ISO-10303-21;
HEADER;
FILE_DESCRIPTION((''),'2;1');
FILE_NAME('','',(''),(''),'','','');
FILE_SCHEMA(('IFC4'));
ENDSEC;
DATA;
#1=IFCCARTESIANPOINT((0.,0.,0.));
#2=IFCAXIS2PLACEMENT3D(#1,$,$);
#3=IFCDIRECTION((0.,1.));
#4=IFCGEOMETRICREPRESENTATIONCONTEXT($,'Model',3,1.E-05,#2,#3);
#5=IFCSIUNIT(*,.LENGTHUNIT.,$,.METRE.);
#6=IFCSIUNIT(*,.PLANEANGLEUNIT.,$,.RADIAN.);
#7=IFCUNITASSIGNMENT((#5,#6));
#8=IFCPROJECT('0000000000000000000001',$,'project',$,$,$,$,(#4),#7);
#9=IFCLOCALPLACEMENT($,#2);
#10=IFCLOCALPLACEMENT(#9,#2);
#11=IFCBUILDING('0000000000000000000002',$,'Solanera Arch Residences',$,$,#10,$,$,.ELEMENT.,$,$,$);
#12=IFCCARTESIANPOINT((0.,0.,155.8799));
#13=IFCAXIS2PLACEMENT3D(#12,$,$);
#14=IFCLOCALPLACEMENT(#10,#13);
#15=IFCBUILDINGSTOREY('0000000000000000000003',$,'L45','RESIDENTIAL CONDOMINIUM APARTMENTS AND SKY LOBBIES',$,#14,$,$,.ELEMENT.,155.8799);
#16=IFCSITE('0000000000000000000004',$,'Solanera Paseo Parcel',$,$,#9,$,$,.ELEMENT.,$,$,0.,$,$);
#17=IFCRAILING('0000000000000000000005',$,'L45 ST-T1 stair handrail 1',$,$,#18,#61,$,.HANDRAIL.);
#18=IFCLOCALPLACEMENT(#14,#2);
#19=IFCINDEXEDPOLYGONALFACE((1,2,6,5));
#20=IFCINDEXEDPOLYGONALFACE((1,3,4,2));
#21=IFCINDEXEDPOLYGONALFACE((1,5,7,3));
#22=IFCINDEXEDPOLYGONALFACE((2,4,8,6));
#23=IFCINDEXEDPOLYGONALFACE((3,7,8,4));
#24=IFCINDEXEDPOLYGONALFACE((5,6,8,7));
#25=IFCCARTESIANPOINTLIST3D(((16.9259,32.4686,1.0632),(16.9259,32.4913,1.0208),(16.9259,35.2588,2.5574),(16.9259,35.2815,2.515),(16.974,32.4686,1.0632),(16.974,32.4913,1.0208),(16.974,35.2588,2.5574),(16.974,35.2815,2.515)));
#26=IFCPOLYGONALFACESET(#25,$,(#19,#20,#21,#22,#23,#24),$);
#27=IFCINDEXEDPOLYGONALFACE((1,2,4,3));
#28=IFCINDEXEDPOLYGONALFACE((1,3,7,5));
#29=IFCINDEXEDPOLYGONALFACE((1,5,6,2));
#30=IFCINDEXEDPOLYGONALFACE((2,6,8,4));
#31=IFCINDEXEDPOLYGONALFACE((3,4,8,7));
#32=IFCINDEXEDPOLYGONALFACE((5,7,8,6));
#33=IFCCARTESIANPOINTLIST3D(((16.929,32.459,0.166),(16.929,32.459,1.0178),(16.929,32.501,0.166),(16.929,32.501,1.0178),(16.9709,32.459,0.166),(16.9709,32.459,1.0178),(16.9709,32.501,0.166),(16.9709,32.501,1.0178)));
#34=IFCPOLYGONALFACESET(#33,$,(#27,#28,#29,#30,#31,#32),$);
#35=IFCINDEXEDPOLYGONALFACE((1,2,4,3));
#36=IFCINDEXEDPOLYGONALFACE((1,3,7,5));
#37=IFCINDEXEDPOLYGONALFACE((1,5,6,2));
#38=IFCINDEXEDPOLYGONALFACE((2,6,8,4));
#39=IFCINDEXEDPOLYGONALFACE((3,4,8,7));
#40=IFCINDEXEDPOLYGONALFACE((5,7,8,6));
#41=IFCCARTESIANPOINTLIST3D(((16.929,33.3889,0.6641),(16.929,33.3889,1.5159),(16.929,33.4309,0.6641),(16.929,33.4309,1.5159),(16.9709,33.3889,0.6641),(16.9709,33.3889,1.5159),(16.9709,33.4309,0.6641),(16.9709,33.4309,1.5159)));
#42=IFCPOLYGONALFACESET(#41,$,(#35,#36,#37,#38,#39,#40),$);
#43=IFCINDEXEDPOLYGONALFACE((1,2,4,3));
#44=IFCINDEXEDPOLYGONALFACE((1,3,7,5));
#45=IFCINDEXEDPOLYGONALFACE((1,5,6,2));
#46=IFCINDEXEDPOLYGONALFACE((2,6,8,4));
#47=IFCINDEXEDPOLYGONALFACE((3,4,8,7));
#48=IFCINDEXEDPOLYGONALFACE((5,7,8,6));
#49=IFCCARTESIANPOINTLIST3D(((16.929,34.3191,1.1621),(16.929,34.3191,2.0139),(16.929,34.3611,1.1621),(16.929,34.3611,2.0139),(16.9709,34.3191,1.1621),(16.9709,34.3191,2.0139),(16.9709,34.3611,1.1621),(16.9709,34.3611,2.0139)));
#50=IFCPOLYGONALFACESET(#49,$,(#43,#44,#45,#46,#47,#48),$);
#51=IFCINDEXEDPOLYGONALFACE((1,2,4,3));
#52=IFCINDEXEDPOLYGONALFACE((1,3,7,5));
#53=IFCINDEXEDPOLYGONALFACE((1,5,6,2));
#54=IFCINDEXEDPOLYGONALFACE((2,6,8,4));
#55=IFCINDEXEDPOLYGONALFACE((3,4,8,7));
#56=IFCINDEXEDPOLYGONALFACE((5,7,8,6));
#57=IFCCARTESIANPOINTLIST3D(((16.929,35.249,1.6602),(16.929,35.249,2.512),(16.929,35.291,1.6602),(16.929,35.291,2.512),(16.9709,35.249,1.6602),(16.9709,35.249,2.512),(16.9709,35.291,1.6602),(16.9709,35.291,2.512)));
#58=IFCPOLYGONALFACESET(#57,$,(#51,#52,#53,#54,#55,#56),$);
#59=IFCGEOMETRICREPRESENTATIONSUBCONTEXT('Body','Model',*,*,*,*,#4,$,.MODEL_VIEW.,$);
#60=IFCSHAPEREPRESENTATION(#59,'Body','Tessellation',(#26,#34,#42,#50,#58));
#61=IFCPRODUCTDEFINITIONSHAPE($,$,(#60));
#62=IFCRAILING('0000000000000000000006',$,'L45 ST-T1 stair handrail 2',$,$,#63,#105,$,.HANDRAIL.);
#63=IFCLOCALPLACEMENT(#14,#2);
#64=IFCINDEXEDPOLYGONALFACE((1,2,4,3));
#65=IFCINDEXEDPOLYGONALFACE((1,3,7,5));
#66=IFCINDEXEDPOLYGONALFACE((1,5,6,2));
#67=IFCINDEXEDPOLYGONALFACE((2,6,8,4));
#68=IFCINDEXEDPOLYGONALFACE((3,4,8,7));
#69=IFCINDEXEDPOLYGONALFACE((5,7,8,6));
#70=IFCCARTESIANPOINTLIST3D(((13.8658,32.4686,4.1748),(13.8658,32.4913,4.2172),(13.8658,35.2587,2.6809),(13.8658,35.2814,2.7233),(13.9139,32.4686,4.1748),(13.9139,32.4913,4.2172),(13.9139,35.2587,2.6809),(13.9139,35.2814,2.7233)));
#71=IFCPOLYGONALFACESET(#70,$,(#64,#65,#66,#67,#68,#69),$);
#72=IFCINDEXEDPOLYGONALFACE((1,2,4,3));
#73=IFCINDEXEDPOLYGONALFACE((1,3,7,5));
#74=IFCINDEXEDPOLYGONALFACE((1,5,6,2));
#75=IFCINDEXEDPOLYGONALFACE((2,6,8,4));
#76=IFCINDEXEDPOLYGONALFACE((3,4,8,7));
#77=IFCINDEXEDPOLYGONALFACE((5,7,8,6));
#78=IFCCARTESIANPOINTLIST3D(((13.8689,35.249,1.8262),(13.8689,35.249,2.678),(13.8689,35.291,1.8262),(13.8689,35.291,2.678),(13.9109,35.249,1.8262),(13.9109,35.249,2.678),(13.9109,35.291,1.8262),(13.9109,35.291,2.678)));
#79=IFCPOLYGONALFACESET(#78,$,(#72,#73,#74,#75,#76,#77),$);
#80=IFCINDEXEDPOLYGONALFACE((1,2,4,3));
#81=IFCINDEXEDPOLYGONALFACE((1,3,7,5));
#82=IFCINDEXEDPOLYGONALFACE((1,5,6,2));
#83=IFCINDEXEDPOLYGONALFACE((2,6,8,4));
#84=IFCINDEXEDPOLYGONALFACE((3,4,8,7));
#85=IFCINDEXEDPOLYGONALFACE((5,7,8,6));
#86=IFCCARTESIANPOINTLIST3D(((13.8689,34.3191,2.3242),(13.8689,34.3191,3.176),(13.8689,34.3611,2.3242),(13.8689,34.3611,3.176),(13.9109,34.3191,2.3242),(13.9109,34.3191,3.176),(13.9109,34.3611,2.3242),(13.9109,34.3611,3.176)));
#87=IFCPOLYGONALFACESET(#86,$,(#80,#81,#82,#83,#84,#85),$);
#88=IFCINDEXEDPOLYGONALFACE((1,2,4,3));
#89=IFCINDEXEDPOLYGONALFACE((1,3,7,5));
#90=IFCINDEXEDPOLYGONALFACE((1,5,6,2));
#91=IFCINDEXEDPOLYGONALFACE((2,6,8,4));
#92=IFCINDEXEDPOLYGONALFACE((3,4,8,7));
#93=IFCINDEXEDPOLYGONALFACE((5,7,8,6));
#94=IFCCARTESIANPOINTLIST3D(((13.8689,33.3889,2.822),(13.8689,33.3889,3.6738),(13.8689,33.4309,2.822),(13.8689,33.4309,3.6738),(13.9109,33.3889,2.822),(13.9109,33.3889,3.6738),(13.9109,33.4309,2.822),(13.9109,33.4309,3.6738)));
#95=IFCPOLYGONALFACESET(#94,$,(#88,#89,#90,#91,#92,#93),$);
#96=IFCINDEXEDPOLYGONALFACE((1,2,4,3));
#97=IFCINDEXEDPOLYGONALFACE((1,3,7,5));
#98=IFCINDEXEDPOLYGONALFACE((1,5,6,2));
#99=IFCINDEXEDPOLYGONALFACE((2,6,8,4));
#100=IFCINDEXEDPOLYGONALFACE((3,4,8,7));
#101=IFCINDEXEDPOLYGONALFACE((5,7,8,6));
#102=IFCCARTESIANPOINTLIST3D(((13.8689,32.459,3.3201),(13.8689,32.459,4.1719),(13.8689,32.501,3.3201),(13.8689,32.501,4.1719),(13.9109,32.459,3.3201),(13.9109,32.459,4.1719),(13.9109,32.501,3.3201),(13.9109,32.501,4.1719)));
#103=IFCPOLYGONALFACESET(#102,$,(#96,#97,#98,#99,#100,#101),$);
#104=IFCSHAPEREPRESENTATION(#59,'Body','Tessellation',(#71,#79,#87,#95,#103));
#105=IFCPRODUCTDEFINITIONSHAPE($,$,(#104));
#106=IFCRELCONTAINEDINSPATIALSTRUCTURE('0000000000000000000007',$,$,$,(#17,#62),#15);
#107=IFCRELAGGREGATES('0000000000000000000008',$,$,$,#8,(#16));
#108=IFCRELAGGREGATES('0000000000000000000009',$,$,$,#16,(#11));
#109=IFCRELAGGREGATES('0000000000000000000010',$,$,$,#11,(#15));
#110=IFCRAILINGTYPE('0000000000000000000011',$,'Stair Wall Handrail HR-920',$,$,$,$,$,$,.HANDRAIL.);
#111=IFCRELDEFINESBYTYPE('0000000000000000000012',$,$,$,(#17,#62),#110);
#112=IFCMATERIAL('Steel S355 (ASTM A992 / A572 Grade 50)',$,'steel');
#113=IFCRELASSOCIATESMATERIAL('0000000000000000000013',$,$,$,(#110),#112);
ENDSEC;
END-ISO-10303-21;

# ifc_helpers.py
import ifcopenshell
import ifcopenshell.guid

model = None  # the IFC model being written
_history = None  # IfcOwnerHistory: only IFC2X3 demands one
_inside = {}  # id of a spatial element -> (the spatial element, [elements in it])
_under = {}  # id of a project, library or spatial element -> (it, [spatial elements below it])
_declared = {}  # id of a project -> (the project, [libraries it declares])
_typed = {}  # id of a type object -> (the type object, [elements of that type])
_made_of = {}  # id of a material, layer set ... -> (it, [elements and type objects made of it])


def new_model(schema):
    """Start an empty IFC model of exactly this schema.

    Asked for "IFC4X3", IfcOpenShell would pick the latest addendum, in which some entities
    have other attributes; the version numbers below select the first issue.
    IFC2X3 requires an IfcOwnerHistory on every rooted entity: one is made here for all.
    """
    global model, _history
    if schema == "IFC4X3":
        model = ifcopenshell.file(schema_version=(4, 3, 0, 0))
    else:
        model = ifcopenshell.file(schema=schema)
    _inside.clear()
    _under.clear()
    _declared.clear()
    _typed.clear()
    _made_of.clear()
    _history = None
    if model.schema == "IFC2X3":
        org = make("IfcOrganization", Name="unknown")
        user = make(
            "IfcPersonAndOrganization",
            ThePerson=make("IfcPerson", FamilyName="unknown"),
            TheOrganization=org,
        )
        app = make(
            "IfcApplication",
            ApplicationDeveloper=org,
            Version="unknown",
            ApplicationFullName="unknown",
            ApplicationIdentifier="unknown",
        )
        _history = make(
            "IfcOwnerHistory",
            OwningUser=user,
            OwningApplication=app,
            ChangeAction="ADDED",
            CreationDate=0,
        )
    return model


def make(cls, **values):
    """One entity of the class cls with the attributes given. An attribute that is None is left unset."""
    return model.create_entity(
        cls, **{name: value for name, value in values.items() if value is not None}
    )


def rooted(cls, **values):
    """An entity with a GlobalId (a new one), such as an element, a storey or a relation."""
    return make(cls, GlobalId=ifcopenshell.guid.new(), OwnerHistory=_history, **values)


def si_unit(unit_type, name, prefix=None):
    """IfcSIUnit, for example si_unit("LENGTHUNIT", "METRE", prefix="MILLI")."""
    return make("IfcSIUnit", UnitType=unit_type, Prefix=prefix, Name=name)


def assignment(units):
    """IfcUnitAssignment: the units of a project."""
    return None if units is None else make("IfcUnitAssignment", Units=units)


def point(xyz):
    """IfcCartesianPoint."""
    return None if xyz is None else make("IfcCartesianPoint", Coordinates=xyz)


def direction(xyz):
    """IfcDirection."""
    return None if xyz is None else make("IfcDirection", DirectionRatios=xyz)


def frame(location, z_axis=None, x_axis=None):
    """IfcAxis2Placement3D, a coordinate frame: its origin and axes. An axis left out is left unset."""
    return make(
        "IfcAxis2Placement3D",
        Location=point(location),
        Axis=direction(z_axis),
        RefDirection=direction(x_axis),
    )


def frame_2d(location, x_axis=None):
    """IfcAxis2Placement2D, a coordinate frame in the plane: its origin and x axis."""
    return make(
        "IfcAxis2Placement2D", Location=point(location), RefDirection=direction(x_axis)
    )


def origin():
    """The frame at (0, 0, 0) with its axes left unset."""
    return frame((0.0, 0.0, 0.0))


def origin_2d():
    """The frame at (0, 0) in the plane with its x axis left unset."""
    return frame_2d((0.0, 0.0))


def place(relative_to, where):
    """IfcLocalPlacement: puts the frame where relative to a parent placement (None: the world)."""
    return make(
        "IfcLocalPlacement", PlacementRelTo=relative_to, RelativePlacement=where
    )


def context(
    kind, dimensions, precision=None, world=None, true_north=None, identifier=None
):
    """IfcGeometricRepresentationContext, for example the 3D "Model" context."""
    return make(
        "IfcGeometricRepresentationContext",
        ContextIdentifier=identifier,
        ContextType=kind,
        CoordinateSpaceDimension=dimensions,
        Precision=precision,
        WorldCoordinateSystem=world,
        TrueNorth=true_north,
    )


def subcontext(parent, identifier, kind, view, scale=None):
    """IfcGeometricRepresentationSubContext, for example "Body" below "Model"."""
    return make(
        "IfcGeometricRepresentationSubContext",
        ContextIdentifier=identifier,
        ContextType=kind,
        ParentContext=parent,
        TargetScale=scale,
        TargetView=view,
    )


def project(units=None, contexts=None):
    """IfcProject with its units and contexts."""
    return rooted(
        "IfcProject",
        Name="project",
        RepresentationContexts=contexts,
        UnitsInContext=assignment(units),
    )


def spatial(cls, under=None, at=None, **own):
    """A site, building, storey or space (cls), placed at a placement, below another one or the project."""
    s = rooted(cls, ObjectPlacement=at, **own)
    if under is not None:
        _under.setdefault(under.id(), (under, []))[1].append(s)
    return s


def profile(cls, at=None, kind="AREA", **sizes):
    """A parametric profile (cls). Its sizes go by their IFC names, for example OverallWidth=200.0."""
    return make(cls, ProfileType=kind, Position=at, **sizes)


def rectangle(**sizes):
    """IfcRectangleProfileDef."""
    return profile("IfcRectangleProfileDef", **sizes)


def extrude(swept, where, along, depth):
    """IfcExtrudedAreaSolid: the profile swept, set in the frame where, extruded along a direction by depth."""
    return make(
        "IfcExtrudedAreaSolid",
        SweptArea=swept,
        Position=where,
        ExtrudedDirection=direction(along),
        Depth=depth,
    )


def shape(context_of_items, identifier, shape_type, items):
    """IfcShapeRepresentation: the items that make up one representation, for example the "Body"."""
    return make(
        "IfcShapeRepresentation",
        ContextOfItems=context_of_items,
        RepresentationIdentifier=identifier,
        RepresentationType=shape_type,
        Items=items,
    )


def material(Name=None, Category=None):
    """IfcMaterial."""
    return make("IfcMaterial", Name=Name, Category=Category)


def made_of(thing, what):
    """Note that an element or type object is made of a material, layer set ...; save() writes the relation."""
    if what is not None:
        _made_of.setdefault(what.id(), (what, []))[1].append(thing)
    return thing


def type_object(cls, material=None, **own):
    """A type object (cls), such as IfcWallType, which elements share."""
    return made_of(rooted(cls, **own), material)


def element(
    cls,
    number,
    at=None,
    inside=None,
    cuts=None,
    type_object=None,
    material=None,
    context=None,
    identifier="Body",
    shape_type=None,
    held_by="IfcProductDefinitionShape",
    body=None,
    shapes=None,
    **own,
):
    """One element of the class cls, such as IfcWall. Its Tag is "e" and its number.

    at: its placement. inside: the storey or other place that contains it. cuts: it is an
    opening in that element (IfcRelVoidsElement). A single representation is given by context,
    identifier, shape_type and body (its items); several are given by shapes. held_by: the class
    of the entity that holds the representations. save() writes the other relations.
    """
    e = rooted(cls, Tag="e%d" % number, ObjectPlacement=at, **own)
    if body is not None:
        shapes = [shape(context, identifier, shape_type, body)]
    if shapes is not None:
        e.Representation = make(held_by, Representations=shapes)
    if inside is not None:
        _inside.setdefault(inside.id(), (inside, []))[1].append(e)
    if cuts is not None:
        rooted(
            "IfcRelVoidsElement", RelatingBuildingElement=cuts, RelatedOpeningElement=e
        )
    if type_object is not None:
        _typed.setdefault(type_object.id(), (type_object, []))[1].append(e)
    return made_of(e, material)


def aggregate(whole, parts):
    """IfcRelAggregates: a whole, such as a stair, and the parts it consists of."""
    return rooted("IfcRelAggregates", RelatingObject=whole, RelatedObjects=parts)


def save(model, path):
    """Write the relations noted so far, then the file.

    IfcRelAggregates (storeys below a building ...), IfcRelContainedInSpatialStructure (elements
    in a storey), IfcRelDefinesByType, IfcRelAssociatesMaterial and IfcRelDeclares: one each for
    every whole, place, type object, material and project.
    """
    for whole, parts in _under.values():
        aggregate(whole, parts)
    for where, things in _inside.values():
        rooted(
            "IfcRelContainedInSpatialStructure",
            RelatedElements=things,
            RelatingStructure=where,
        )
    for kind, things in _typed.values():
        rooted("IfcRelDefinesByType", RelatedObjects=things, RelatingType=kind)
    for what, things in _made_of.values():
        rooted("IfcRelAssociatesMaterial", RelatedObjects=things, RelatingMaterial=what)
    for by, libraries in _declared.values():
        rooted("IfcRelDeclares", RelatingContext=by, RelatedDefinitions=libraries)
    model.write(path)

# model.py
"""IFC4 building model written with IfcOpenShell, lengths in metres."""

from ifc_helpers import new_model, si_unit, direction, frame, origin, origin_2d, place, context, subcontext, project, spatial, rectangle, extrude, material, type_object, element, save


model = new_model("IFC4")

# Units and contexts
model_context = context("Model", 3, precision=1e-05, world=origin(), true_north=direction((0.0, 1.0)))
body_context = subcontext(model_context, "Body", "Model", "MODEL_VIEW")
ifc_project = project(units=[si_unit("LENGTHUNIT", "METRE"), si_unit("PLANEANGLEUNIT", "RADIAN")], contexts=[model_context])

# Site, building, storey
site_placement = place(None, origin())
site = spatial("IfcSite", under=ifc_project, at=site_placement, Name="Solanera Paseo Parcel", CompositionType="ELEMENT", RefElevation=0.0)
building_placement = place(site_placement, origin())
building = spatial("IfcBuilding", under=site, at=building_placement, Name="Solanera Arch Residences", CompositionType="ELEMENT")
storey_placement = place(building_placement, frame((0.0, 0.0, 155.8799)))
storey = spatial("IfcBuildingStorey", under=building, at=storey_placement, Name="L45", Description="RESIDENTIAL CONDOMINIUM APARTMENTS AND SKY LOBBIES", CompositionType="ELEMENT", Elevation=155.8799)

# Railings
ifc_material_1 = material(Name="Steel S355 (ASTM A992 / A572 Grade 50)", Category="steel")
railing_type_1 = type_object("IfcRailingType", Name="Stair Wall Handrail HR-920", PredefinedType="HANDRAIL", material=ifc_material_1)
railing_1_placement = place(storey_placement, frame((16.95, 32.48, 0.166)))
element("IfcRailing", 1, at=railing_1_placement, inside=storey, type_object=railing_type_1, Name="L45 ST-T1 stair handrail 1", PredefinedType="HANDRAIL", context=body_context, shape_type="SweptSolid", body=[
    extrude(rectangle(XDim=0.0481, YDim=0.0481, at=origin_2d()), frame((0.0, 0.0, 0.876), z_axis=(0.0, 0.881549, 0.472093), x_axis=(-1.0, 0.0, 0.0)), (0.0, 0.0, 1.0), 3.165),
    extrude(rectangle(XDim=0.042, YDim=0.042, at=origin_2d()), origin(), (0.0, 0.0, 1.0), 0.8518),
    extrude(rectangle(XDim=0.042, YDim=0.042, at=origin_2d()), frame((0.0, 0.9299, 0.498)), (0.0, 0.0, 1.0), 0.8518),
    extrude(rectangle(XDim=0.042, YDim=0.042, at=origin_2d()), frame((0.0, 1.8601, 0.9961)), (0.0, 0.0, 1.0), 0.8518),
    extrude(rectangle(XDim=0.042, YDim=0.042, at=origin_2d()), frame((0.0, 2.79, 1.4941)), (0.0, 0.0, 1.0), 0.8518),
])
railing_2_placement = place(storey_placement, frame((13.8899, 35.27, 1.8262)))
element("IfcRailing", 2, at=railing_2_placement, inside=storey, type_object=railing_type_1, Name="L45 ST-T1 stair handrail 2", PredefinedType="HANDRAIL", context=body_context, shape_type="SweptSolid", body=[
    extrude(rectangle(XDim=0.0481, YDim=0.0481, at=origin_2d()), frame((0.0, 0.0, 0.876), z_axis=(0.0, -0.881581, 0.472033), x_axis=(1.0, 0.0, 0.0)), (0.0, 0.0, 1.0), 3.1648),
    extrude(rectangle(XDim=0.042, YDim=0.042, at=origin_2d()), origin(), (0.0, 0.0, 1.0), 0.8518),
    extrude(rectangle(XDim=0.042, YDim=0.042, at=origin_2d()), frame((0.0, -0.9299, 0.498)), (0.0, 0.0, 1.0), 0.8518),
    extrude(rectangle(XDim=0.042, YDim=0.042, at=origin_2d()), frame((0.0, -1.8601, 0.9958)), (0.0, 0.0, 1.0), 0.8518),
    extrude(rectangle(XDim=0.042, YDim=0.042, at=origin_2d()), frame((0.0, -2.79, 1.4939)), (0.0, 0.0, 1.0), 0.8518),
])

save(model, "model.ifc")
